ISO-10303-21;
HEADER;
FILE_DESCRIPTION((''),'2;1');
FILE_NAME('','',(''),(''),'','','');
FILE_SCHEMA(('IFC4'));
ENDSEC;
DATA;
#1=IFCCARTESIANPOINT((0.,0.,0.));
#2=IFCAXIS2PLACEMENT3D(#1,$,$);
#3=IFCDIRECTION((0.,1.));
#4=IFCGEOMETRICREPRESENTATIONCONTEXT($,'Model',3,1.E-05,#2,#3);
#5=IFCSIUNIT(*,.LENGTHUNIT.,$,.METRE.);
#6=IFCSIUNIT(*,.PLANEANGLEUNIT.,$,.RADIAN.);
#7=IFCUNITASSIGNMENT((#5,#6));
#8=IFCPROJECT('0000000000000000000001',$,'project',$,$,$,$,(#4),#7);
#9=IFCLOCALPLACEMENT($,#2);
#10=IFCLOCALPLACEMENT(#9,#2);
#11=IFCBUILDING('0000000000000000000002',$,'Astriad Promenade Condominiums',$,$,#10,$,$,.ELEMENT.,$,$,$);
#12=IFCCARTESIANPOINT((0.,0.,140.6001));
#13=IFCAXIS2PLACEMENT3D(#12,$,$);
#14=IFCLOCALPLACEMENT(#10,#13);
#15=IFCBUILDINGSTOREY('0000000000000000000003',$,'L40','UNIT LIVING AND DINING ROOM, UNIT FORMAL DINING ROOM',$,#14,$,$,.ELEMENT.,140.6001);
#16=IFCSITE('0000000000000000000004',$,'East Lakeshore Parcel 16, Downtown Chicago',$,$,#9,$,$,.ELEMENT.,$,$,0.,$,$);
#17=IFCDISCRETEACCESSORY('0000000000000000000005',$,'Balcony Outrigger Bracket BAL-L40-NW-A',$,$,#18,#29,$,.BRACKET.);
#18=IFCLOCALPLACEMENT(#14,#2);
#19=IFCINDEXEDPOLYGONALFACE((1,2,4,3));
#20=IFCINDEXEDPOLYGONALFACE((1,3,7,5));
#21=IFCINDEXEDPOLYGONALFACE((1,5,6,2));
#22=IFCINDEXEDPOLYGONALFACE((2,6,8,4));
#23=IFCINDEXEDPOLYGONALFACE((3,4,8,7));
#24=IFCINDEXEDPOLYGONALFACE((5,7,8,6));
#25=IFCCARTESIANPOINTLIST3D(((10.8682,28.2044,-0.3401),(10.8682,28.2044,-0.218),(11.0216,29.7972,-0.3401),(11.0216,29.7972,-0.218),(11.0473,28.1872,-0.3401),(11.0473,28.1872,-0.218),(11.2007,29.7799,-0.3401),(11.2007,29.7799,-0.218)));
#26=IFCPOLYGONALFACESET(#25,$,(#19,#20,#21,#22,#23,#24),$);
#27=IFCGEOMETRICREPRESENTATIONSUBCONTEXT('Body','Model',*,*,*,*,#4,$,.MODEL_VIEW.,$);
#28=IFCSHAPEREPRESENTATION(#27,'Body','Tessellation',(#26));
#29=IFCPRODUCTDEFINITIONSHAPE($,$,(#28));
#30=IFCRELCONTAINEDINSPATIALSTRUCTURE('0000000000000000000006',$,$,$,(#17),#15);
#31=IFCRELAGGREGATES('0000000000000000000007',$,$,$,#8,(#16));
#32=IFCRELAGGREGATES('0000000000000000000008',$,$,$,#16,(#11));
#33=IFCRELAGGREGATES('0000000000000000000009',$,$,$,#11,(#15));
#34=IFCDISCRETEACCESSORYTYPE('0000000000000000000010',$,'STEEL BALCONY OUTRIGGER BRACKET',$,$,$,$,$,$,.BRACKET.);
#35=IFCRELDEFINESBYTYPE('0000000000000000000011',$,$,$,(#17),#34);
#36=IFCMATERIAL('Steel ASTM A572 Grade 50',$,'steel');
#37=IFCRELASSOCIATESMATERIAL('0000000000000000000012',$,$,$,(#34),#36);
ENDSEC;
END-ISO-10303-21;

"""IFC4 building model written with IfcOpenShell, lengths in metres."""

from ifc_helpers import new_model, si_unit, direction, frame, origin, origin_2d, place, context, subcontext, project, spatial, rectangle, extrude, source, transform, mapped, material, type_object, type_shapes, element, save


model = new_model("IFC4")

# Units and contexts
model_context = context("Model", 3, precision=1e-05, world=origin(), true_north=direction((0.0, 1.0)))
body_context = subcontext(model_context, "Body", "Model", "MODEL_VIEW")
ifc_project = project(units=[si_unit("LENGTHUNIT", "METRE"), si_unit("PLANEANGLEUNIT", "RADIAN")], contexts=[model_context])

# Site, building, storey
site_placement = place(None, origin())
site = spatial("IfcSite", under=ifc_project, at=site_placement, Name="East Lakeshore Parcel 16, Downtown Chicago", CompositionType="ELEMENT", RefElevation=0.0)
building_placement = place(site_placement, origin())
building = spatial("IfcBuilding", under=site, at=building_placement, Name="Astriad Promenade Condominiums", CompositionType="ELEMENT")
storey_placement = place(building_placement, frame((0.0, 0.0, 140.6001)))
storey = spatial("IfcBuildingStorey", under=building, at=storey_placement, Name="L40", Description="UNIT LIVING AND DINING ROOM, UNIT FORMAL DINING ROOM", CompositionType="ELEMENT", Elevation=140.6001)

# Discrete accessory
ifc_material_1 = material(Name="Steel ASTM A572 Grade 50", Category="steel")
discrete_accessory_type = type_object("IfcDiscreteAccessoryType", Name="STEEL BALCONY OUTRIGGER BRACKET", PredefinedType="BRACKET", material=ifc_material_1)
shared_shape_1 = source(origin(), body_context, "Body", "SweptSolid", [
    extrude(rectangle(XDim=1.6001, YDim=0.1799, at=origin_2d()), origin(), (0.0, 0.0, 1.0), 0.1221),
])
type_shapes(discrete_accessory_type, [shared_shape_1])
discrete_accessory_placement = place(storey_placement, frame((11.0344, 28.9922, -0.3401), z_axis=(0.0, 0.0, 1.0), x_axis=(0.095846, 0.995396, 0.0)))
element("IfcDiscreteAccessory", 1, at=discrete_accessory_placement, inside=storey, type_object=discrete_accessory_type, Name="Balcony Outrigger Bracket BAL-L40-NW-A", PredefinedType="BRACKET", context=body_context, shape_type="MappedRepresentation", body=[
    mapped(shared_shape_1, transform((0.0, 0.0, 0.0), scale=1.0)),
])

save(model, "model.ifc")
